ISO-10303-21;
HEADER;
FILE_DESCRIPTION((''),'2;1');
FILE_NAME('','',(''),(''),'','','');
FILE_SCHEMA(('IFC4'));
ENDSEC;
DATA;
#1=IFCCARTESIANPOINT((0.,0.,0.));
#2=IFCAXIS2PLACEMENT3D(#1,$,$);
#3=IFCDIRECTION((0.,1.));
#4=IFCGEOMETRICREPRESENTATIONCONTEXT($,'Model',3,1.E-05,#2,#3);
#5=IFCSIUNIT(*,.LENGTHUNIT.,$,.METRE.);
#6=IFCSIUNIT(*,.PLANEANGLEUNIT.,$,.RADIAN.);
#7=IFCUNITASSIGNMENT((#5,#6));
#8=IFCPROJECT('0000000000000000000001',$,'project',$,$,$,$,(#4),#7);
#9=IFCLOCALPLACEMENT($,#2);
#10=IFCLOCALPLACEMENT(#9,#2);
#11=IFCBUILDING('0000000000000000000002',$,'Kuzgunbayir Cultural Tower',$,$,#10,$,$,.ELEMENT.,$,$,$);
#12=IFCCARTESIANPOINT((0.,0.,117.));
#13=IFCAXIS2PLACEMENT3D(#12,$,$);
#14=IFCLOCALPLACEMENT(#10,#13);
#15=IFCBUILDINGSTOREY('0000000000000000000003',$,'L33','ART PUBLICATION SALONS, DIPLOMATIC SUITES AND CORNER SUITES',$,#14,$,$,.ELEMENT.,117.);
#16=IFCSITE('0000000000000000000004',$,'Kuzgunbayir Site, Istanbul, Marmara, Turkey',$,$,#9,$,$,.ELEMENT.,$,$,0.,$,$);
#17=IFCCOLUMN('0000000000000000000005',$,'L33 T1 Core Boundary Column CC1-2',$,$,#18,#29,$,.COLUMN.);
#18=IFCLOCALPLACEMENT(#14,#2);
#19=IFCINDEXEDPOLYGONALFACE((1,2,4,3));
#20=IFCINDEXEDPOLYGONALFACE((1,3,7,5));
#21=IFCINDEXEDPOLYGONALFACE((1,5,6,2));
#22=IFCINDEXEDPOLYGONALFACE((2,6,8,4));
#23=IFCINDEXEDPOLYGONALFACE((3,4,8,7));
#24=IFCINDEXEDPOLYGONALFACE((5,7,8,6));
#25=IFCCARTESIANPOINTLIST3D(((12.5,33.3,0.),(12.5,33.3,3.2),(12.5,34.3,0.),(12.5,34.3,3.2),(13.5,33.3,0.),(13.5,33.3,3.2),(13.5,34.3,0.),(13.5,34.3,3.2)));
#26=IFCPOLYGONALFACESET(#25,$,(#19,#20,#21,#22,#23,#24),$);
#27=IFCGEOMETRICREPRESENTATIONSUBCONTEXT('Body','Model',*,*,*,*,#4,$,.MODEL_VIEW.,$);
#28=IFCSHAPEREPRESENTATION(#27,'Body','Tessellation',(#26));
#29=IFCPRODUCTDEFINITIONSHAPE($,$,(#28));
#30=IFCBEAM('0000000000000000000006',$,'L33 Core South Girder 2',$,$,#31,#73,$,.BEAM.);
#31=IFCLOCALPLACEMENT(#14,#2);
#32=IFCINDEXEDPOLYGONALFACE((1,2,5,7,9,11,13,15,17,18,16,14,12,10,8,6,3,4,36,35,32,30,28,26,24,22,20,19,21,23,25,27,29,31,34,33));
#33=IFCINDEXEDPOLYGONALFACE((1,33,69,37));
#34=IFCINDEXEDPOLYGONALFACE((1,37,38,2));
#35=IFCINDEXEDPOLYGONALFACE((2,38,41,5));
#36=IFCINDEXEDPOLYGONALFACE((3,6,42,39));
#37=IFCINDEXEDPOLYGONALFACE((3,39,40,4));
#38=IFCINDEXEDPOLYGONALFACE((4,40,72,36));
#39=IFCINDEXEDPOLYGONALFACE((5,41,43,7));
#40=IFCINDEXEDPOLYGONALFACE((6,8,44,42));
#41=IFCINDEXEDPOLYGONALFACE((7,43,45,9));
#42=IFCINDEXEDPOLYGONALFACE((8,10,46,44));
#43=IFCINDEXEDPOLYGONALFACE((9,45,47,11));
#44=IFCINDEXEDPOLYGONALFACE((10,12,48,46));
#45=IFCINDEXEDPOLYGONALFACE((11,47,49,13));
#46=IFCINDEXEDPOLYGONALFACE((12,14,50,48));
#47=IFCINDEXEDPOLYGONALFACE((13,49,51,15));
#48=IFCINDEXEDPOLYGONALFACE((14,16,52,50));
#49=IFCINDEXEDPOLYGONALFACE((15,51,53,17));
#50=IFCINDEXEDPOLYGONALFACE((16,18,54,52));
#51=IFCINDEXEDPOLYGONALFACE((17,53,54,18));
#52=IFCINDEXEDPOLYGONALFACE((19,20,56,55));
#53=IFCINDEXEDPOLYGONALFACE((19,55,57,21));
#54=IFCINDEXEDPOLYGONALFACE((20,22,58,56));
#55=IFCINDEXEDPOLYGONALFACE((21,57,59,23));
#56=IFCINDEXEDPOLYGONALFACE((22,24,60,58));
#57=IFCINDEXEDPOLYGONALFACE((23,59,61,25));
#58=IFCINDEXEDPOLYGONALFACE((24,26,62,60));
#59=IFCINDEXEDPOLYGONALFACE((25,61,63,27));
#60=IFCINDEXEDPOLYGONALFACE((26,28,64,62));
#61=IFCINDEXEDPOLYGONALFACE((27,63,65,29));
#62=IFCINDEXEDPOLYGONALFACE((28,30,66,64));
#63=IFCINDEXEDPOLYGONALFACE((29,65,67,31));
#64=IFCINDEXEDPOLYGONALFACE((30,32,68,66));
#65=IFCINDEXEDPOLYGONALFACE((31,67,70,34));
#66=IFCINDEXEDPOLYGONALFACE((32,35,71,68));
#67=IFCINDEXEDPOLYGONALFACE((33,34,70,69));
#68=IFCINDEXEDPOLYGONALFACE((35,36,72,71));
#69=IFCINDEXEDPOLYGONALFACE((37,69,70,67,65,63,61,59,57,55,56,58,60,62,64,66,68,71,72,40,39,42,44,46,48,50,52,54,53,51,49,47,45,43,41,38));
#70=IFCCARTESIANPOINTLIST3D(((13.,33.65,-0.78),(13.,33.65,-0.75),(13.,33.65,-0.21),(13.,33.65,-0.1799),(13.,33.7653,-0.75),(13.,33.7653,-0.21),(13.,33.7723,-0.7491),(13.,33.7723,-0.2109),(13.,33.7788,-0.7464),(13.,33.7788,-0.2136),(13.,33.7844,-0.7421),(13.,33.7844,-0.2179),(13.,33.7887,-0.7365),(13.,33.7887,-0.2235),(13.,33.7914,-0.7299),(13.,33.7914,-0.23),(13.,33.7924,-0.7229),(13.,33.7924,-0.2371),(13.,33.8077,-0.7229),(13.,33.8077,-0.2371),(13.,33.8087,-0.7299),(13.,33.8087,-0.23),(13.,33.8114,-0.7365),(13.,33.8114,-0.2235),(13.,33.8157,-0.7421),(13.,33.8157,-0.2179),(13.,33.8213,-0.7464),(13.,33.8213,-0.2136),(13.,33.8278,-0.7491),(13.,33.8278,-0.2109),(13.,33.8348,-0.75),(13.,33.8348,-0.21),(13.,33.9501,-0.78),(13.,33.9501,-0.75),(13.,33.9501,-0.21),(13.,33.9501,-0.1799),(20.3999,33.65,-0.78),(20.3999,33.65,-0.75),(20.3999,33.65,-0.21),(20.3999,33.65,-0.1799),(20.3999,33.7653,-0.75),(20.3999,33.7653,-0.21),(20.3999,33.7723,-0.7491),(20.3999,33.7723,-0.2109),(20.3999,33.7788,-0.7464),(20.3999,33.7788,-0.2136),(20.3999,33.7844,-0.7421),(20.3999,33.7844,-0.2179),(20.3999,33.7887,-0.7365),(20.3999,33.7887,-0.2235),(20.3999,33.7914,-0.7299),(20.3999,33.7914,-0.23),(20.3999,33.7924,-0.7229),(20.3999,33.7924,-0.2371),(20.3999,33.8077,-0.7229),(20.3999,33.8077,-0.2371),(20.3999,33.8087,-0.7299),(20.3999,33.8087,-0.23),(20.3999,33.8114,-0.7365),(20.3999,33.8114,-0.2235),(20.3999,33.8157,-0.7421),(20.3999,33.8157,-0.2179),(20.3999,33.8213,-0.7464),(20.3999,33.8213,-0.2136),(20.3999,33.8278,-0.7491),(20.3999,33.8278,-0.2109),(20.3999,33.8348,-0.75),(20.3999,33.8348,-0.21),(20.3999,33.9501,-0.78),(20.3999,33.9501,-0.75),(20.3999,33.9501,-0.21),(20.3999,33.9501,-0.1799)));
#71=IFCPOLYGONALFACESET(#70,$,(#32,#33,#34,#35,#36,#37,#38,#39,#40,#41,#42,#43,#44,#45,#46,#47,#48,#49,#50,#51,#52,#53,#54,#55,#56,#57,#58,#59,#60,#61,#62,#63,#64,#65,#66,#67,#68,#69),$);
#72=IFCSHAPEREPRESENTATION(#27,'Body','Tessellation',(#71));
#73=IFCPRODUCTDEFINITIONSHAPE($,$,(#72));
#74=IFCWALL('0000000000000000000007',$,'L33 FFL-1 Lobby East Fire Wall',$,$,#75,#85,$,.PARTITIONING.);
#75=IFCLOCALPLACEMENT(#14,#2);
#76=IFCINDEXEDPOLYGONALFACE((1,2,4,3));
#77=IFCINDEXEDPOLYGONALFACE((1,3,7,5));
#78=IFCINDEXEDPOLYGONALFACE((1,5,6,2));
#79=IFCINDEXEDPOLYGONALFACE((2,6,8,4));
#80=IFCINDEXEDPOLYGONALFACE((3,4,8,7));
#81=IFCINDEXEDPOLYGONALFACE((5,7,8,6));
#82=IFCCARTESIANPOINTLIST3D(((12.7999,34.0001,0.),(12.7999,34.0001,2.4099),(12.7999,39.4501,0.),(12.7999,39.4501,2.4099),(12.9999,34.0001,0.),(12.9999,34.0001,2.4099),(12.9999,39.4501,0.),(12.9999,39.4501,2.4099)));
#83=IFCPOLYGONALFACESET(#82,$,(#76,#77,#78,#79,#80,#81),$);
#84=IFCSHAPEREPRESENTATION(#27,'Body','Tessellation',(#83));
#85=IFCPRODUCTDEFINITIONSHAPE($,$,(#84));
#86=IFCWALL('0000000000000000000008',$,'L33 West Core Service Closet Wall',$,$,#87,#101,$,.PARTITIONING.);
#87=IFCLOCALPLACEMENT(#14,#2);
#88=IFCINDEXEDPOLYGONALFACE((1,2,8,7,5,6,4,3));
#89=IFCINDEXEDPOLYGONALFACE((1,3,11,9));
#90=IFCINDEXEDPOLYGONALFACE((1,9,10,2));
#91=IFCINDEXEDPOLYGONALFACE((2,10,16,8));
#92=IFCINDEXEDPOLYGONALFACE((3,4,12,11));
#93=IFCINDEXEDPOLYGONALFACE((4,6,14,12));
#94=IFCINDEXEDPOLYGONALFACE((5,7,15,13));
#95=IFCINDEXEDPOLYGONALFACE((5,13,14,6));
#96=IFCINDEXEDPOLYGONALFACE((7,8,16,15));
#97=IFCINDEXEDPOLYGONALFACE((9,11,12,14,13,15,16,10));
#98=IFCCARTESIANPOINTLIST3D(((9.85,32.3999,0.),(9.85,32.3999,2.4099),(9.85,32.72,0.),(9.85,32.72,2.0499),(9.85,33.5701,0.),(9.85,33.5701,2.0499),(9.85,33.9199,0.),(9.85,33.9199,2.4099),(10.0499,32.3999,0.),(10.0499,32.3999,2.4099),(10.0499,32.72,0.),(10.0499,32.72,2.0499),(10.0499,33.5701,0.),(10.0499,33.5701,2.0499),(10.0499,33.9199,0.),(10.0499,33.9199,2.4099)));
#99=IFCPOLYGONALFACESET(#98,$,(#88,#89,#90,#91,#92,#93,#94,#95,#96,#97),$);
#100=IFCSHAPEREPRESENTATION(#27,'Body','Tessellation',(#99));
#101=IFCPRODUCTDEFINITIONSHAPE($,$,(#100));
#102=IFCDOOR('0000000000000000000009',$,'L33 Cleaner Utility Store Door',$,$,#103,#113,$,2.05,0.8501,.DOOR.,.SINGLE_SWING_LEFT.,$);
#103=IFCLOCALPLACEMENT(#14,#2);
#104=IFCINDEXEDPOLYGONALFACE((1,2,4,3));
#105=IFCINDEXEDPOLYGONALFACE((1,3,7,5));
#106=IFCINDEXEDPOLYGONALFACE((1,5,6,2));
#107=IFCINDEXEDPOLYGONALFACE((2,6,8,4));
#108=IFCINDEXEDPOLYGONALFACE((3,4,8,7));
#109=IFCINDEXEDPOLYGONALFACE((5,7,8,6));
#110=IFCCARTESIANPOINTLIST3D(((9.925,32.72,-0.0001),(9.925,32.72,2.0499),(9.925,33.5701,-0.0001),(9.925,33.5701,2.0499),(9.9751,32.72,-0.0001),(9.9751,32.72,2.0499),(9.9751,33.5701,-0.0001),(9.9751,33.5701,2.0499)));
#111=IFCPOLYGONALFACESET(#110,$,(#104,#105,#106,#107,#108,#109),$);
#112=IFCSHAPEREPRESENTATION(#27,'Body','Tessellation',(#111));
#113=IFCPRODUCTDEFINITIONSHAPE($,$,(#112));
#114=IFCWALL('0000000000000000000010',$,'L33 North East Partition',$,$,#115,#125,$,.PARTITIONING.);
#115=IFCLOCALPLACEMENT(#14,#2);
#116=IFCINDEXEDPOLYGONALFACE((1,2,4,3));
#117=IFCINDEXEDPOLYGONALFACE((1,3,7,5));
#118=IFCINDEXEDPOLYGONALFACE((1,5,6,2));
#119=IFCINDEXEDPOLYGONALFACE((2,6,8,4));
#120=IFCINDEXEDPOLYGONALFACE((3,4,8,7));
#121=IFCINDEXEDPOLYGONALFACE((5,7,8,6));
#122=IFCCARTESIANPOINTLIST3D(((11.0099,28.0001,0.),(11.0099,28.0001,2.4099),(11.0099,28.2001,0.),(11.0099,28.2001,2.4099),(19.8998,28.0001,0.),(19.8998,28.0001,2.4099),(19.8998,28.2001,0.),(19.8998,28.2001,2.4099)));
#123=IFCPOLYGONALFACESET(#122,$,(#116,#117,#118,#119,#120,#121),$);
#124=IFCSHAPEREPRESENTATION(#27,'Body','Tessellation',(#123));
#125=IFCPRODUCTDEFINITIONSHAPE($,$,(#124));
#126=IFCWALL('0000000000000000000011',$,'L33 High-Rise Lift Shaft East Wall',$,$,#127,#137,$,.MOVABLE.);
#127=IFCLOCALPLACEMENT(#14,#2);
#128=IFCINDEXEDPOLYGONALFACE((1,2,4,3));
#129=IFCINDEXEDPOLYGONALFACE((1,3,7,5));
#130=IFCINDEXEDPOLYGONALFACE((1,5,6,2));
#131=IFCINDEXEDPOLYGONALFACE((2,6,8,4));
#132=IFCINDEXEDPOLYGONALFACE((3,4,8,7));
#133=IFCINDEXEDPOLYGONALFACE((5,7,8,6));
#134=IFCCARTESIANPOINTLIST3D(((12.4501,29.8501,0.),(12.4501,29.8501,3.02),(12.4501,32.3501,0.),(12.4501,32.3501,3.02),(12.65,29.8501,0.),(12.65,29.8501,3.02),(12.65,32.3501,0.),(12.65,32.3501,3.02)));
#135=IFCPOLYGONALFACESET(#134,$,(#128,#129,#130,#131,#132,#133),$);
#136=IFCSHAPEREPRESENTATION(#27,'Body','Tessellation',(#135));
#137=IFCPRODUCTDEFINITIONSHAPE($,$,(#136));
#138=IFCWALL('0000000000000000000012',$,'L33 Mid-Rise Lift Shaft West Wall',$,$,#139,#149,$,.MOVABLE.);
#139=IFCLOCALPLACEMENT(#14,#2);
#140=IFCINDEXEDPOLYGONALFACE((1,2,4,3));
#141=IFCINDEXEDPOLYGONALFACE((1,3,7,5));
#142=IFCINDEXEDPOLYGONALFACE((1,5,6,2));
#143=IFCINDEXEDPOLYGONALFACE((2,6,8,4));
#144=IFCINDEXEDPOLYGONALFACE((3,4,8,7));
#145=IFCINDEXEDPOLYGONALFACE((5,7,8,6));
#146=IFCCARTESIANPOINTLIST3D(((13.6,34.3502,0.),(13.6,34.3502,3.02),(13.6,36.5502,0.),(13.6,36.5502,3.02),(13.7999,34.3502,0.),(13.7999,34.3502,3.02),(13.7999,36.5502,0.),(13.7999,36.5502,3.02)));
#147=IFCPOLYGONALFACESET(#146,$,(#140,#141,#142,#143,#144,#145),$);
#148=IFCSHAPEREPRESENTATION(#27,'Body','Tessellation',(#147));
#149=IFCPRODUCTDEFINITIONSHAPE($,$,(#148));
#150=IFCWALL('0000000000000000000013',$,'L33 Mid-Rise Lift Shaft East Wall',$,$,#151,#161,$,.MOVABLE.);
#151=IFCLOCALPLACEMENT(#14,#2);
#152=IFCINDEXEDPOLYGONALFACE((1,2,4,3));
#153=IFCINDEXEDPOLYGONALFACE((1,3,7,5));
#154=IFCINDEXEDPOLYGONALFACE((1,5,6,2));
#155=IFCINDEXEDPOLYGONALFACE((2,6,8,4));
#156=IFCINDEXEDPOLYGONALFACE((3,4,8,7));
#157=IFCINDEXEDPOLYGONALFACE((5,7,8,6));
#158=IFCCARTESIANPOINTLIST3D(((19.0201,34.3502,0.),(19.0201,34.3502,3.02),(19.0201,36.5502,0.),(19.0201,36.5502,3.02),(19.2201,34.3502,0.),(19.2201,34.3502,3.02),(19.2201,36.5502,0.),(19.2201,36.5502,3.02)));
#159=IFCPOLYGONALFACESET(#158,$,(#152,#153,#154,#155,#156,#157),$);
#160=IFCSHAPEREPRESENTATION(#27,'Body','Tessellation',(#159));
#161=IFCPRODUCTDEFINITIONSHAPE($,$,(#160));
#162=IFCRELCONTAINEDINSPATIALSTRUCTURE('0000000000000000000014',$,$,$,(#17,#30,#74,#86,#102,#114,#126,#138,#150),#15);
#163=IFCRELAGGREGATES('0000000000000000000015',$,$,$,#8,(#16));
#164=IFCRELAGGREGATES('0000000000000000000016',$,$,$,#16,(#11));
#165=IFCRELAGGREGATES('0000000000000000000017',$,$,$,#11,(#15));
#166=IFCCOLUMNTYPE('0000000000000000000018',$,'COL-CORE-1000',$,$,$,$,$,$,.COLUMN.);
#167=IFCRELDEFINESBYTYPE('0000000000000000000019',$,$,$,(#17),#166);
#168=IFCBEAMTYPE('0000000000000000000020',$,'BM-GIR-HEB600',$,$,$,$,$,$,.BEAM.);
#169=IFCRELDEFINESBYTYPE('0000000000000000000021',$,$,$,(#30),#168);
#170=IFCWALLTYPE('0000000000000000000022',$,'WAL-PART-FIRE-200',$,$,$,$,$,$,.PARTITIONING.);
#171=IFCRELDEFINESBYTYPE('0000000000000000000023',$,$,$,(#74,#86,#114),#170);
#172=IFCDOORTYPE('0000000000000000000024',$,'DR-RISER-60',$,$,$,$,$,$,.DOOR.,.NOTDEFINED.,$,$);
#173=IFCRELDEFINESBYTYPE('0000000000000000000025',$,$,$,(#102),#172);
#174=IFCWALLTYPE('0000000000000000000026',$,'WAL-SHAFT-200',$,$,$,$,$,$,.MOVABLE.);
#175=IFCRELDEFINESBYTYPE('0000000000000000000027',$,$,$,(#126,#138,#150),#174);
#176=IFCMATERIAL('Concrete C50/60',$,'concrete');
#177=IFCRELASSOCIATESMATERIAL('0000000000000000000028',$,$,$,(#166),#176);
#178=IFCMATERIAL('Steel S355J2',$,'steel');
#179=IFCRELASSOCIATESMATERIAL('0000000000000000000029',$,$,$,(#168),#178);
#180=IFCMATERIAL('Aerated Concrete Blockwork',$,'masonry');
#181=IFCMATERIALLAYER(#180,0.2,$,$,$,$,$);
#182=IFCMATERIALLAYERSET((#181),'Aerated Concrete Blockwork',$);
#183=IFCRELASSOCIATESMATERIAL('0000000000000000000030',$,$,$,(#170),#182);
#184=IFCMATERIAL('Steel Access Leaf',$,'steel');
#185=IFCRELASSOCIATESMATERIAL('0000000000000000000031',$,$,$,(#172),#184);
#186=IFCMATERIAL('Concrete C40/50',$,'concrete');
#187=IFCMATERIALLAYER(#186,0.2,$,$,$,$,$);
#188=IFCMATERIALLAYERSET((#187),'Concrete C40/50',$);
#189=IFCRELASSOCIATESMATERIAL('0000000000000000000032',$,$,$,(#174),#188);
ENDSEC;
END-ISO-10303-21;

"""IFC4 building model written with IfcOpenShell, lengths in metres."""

from ifc_helpers import new_model, si_unit, direction, frame, frame_2d, origin, origin_2d, place, context, subcontext, project, spatial, rectangle, i_section, extrude, material, layer, layer_set, material_profile, profile_set, type_object, element, fill, save


model = new_model("IFC4")

# Units and contexts
model_context = context("Model", 3, precision=1e-05, world=origin(), true_north=direction((0.0, 1.0)))
body_context = subcontext(model_context, "Body", "Model", "MODEL_VIEW")
ifc_project = project(units=[si_unit("LENGTHUNIT", "METRE"), si_unit("PLANEANGLEUNIT", "RADIAN")], contexts=[model_context])

# Site, building, storey
site_placement = place(None, origin())
site = spatial("IfcSite", under=ifc_project, at=site_placement, Name="Kuzgunbayir Site, Istanbul, Marmara, Turkey", CompositionType="ELEMENT", RefElevation=0.0)
building_placement = place(site_placement, origin())
building = spatial("IfcBuilding", under=site, at=building_placement, Name="Kuzgunbayir Cultural Tower", CompositionType="ELEMENT")
storey_placement = place(building_placement, frame((0.0, 0.0, 117.0)))
storey = spatial("IfcBuildingStorey", under=building, at=storey_placement, Name="L33", Description="ART PUBLICATION SALONS, DIPLOMATIC SUITES AND CORNER SUITES", CompositionType="ELEMENT", Elevation=117.0)

# Column
ifc_material_1 = material(Name="Concrete C50/60", Category="concrete")
ifc_material_profile_1 = material_profile(ifc_material_1, rectangle(XDim=1.0, YDim=1.0, at=origin_2d()), Name="RC 1000x1000")
ifc_profile_set_1 = profile_set([ifc_material_profile_1], Name="Concrete C50/60")
column_type = type_object("IfcColumnType", Name="COL-CORE-1000", PredefinedType="COLUMN", material=ifc_profile_set_1)
column_placement = place(storey_placement, frame((13.0, 33.8, 0.0), z_axis=(0.0, 0.0, 1.0), x_axis=(1.0, 0.0, 0.0)))
element("IfcColumn", 1, at=column_placement, inside=storey, type_object=column_type, Name="L33 T1 Core Boundary Column CC1-2", PredefinedType="COLUMN", context=body_context, shape_type="SweptSolid", body=[
    extrude(rectangle(XDim=1.0, YDim=1.0, at=origin_2d()), origin(), (0.0, 0.0, 1.0), 3.2),
])

# Beam
ifc_material_2 = material(Name="Steel S355J2", Category="steel")
ifc_material_profile_2 = material_profile(ifc_material_2, i_section(OverallWidth=0.3, OverallDepth=0.6001, WebThickness=0.0154, FlangeThickness=0.03, FilletRadius=0.0271, at=origin_2d()), Name="HEB 600")
ifc_profile_set_2 = profile_set([ifc_material_profile_2], Name="Steel S355J2")
beam_type = type_object("IfcBeamType", Name="BM-GIR-HEB600", PredefinedType="BEAM", material=ifc_profile_set_2)
beam_placement = place(storey_placement, frame((13.0, 33.8, -0.48), z_axis=(1.0, 0.0, 0.0), x_axis=(0.0, 1.0, 0.0)))
element("IfcBeam", 2, at=beam_placement, inside=storey, type_object=beam_type, Name="L33 Core South Girder 2", PredefinedType="BEAM", context=body_context, shape_type="SweptSolid", body=[
    extrude(i_section(OverallWidth=0.3, OverallDepth=0.6001, WebThickness=0.0154, FlangeThickness=0.03, FilletRadius=0.0271, at=origin_2d()), origin(), (0.0, 0.0, 1.0), 7.3999),
])

# Wall
ifc_material_3 = material(Name="Aerated Concrete Blockwork", Category="masonry")
ifc_layer_1 = layer(ifc_material_3, 0.2)
ifc_layer_set_1 = layer_set([ifc_layer_1], Name="Aerated Concrete Blockwork")
wall_type_1 = type_object("IfcWallType", Name="WAL-PART-FIRE-200", PredefinedType="PARTITIONING", material=ifc_layer_set_1)
wall_1_placement = place(storey_placement, frame((12.8999, 34.0, 0.0), z_axis=(0.0, 0.0, 1.0), x_axis=(0.0, 1.0, 0.0)))
element("IfcWall", 3, at=wall_1_placement, inside=storey, type_object=wall_type_1, Name="L33 FFL-1 Lobby East Fire Wall", PredefinedType="PARTITIONING", context=body_context, shape_type="SweptSolid", body=[
    extrude(rectangle(XDim=5.45, YDim=0.2, at=frame_2d((2.7251, 0.0))), origin(), (0.0, 0.0, 1.0), 2.4099),
])

# Wall, opening, door
wall_2_placement = place(storey_placement, frame((9.95, 32.3999, 0.0), z_axis=(0.0, 0.0, 1.0), x_axis=(0.0, 1.0, 0.0)))
wall_2 = element("IfcWall", 4, at=wall_2_placement, inside=storey, type_object=wall_type_1, Name="L33 West Core Service Closet Wall", PredefinedType="PARTITIONING", context=body_context, shape_type="SweptSolid", body=[
    extrude(rectangle(XDim=1.52, YDim=0.2, at=frame_2d((0.76, 0.0))), origin(), (0.0, 0.0, 1.0), 2.4099),
])
opening_1_placement = place(wall_2_placement, frame((0.3201, 0.0, 0.0)))
opening_1 = element("IfcOpeningElement", 5, at=opening_1_placement, cuts=wall_2, PredefinedType="OPENING", context=body_context, shape_type="SweptSolid", body=[
    extrude(rectangle(XDim=0.8501, YDim=2.05, at=frame_2d((0.425, 1.0249))), frame((0.0, 0.1099, 0.0), z_axis=(0.0, -1.0, 0.0), x_axis=(1.0, 0.0, 0.0)), (0.0, 0.0, 1.0), 0.22),
])
ifc_material_4 = material(Name="Steel Access Leaf", Category="steel")
door_type_1 = type_object("IfcDoorType", Name="DR-RISER-60", OperationType="NOTDEFINED", PredefinedType="DOOR", material=ifc_material_4)
door_1_placement = place(opening_1_placement, origin())
door_1 = element("IfcDoor", 6, at=door_1_placement, inside=storey, type_object=door_type_1, Name="L33 Cleaner Utility Store Door", OperationType="SINGLE_SWING_LEFT", OverallHeight=2.05, OverallWidth=0.8501, PredefinedType="DOOR", context=body_context, shape_type="SweptSolid", body=[
    extrude(rectangle(XDim=0.8501, YDim=2.05, at=frame_2d((0.425, 1.0249))), frame((0.0, 0.0249, 0.0), z_axis=(0.0, -1.0, 0.0), x_axis=(1.0, 0.0, 0.0)), (0.0, 0.0, 1.0), 0.05),
])
fill(opening_1, door_1)

# Walls
wall_3_placement = place(storey_placement, frame((11.01, 28.1001, 0.0), z_axis=(0.0, 0.0, 1.0), x_axis=(1.0, 0.0, 0.0)))
element("IfcWall", 7, at=wall_3_placement, inside=storey, type_object=wall_type_1, Name="L33 North East Partition", PredefinedType="PARTITIONING", context=body_context, shape_type="SweptSolid", body=[
    extrude(rectangle(XDim=8.8899, YDim=0.2, at=frame_2d((4.4448, 0.0))), origin(), (0.0, 0.0, 1.0), 2.4099),
])
ifc_material_5 = material(Name="Concrete C40/50", Category="concrete")
ifc_layer_2 = layer(ifc_material_5, 0.2)
ifc_layer_set_2 = layer_set([ifc_layer_2], Name="Concrete C40/50")
wall_type_2 = type_object("IfcWallType", Name="WAL-SHAFT-200", PredefinedType="MOVABLE", material=ifc_layer_set_2)
wall_4_placement = place(storey_placement, frame((12.55, 29.8501, 0.0), z_axis=(0.0, 0.0, 1.0), x_axis=(0.0, 1.0, 0.0)))
element("IfcWall", 8, at=wall_4_placement, inside=storey, type_object=wall_type_2, Name="L33 High-Rise Lift Shaft East Wall", PredefinedType="MOVABLE", context=body_context, shape_type="SweptSolid", body=[
    extrude(rectangle(XDim=2.5, YDim=0.2, at=frame_2d((1.25, 0.0))), origin(), (0.0, 0.0, 1.0), 3.02),
])

# Walls
for number, where, z_axis, x_axis, name in (
    (9, (13.7, 34.3501, 0.0), (0.0, 0.0, 1.0), (0.0, 1.0, 0.0), "L33 Mid-Rise Lift Shaft West Wall"),
    (10, (19.1201, 34.3501, 0.0), (0.0, 0.0, 1.0), (0.0, 1.0, 0.0), "L33 Mid-Rise Lift Shaft East Wall"),
):
    element("IfcWall", number, at=place(storey_placement, frame(where, z_axis=z_axis, x_axis=x_axis)), inside=storey, type_object=wall_type_2, Name=name, PredefinedType="MOVABLE", context=body_context, shape_type="SweptSolid", body=[
        extrude(rectangle(XDim=2.2, YDim=0.2, at=frame_2d((1.1001, 0.0))), origin(), (0.0, 0.0, 1.0), 3.02),
    ])

save(model, "model.ifc")
